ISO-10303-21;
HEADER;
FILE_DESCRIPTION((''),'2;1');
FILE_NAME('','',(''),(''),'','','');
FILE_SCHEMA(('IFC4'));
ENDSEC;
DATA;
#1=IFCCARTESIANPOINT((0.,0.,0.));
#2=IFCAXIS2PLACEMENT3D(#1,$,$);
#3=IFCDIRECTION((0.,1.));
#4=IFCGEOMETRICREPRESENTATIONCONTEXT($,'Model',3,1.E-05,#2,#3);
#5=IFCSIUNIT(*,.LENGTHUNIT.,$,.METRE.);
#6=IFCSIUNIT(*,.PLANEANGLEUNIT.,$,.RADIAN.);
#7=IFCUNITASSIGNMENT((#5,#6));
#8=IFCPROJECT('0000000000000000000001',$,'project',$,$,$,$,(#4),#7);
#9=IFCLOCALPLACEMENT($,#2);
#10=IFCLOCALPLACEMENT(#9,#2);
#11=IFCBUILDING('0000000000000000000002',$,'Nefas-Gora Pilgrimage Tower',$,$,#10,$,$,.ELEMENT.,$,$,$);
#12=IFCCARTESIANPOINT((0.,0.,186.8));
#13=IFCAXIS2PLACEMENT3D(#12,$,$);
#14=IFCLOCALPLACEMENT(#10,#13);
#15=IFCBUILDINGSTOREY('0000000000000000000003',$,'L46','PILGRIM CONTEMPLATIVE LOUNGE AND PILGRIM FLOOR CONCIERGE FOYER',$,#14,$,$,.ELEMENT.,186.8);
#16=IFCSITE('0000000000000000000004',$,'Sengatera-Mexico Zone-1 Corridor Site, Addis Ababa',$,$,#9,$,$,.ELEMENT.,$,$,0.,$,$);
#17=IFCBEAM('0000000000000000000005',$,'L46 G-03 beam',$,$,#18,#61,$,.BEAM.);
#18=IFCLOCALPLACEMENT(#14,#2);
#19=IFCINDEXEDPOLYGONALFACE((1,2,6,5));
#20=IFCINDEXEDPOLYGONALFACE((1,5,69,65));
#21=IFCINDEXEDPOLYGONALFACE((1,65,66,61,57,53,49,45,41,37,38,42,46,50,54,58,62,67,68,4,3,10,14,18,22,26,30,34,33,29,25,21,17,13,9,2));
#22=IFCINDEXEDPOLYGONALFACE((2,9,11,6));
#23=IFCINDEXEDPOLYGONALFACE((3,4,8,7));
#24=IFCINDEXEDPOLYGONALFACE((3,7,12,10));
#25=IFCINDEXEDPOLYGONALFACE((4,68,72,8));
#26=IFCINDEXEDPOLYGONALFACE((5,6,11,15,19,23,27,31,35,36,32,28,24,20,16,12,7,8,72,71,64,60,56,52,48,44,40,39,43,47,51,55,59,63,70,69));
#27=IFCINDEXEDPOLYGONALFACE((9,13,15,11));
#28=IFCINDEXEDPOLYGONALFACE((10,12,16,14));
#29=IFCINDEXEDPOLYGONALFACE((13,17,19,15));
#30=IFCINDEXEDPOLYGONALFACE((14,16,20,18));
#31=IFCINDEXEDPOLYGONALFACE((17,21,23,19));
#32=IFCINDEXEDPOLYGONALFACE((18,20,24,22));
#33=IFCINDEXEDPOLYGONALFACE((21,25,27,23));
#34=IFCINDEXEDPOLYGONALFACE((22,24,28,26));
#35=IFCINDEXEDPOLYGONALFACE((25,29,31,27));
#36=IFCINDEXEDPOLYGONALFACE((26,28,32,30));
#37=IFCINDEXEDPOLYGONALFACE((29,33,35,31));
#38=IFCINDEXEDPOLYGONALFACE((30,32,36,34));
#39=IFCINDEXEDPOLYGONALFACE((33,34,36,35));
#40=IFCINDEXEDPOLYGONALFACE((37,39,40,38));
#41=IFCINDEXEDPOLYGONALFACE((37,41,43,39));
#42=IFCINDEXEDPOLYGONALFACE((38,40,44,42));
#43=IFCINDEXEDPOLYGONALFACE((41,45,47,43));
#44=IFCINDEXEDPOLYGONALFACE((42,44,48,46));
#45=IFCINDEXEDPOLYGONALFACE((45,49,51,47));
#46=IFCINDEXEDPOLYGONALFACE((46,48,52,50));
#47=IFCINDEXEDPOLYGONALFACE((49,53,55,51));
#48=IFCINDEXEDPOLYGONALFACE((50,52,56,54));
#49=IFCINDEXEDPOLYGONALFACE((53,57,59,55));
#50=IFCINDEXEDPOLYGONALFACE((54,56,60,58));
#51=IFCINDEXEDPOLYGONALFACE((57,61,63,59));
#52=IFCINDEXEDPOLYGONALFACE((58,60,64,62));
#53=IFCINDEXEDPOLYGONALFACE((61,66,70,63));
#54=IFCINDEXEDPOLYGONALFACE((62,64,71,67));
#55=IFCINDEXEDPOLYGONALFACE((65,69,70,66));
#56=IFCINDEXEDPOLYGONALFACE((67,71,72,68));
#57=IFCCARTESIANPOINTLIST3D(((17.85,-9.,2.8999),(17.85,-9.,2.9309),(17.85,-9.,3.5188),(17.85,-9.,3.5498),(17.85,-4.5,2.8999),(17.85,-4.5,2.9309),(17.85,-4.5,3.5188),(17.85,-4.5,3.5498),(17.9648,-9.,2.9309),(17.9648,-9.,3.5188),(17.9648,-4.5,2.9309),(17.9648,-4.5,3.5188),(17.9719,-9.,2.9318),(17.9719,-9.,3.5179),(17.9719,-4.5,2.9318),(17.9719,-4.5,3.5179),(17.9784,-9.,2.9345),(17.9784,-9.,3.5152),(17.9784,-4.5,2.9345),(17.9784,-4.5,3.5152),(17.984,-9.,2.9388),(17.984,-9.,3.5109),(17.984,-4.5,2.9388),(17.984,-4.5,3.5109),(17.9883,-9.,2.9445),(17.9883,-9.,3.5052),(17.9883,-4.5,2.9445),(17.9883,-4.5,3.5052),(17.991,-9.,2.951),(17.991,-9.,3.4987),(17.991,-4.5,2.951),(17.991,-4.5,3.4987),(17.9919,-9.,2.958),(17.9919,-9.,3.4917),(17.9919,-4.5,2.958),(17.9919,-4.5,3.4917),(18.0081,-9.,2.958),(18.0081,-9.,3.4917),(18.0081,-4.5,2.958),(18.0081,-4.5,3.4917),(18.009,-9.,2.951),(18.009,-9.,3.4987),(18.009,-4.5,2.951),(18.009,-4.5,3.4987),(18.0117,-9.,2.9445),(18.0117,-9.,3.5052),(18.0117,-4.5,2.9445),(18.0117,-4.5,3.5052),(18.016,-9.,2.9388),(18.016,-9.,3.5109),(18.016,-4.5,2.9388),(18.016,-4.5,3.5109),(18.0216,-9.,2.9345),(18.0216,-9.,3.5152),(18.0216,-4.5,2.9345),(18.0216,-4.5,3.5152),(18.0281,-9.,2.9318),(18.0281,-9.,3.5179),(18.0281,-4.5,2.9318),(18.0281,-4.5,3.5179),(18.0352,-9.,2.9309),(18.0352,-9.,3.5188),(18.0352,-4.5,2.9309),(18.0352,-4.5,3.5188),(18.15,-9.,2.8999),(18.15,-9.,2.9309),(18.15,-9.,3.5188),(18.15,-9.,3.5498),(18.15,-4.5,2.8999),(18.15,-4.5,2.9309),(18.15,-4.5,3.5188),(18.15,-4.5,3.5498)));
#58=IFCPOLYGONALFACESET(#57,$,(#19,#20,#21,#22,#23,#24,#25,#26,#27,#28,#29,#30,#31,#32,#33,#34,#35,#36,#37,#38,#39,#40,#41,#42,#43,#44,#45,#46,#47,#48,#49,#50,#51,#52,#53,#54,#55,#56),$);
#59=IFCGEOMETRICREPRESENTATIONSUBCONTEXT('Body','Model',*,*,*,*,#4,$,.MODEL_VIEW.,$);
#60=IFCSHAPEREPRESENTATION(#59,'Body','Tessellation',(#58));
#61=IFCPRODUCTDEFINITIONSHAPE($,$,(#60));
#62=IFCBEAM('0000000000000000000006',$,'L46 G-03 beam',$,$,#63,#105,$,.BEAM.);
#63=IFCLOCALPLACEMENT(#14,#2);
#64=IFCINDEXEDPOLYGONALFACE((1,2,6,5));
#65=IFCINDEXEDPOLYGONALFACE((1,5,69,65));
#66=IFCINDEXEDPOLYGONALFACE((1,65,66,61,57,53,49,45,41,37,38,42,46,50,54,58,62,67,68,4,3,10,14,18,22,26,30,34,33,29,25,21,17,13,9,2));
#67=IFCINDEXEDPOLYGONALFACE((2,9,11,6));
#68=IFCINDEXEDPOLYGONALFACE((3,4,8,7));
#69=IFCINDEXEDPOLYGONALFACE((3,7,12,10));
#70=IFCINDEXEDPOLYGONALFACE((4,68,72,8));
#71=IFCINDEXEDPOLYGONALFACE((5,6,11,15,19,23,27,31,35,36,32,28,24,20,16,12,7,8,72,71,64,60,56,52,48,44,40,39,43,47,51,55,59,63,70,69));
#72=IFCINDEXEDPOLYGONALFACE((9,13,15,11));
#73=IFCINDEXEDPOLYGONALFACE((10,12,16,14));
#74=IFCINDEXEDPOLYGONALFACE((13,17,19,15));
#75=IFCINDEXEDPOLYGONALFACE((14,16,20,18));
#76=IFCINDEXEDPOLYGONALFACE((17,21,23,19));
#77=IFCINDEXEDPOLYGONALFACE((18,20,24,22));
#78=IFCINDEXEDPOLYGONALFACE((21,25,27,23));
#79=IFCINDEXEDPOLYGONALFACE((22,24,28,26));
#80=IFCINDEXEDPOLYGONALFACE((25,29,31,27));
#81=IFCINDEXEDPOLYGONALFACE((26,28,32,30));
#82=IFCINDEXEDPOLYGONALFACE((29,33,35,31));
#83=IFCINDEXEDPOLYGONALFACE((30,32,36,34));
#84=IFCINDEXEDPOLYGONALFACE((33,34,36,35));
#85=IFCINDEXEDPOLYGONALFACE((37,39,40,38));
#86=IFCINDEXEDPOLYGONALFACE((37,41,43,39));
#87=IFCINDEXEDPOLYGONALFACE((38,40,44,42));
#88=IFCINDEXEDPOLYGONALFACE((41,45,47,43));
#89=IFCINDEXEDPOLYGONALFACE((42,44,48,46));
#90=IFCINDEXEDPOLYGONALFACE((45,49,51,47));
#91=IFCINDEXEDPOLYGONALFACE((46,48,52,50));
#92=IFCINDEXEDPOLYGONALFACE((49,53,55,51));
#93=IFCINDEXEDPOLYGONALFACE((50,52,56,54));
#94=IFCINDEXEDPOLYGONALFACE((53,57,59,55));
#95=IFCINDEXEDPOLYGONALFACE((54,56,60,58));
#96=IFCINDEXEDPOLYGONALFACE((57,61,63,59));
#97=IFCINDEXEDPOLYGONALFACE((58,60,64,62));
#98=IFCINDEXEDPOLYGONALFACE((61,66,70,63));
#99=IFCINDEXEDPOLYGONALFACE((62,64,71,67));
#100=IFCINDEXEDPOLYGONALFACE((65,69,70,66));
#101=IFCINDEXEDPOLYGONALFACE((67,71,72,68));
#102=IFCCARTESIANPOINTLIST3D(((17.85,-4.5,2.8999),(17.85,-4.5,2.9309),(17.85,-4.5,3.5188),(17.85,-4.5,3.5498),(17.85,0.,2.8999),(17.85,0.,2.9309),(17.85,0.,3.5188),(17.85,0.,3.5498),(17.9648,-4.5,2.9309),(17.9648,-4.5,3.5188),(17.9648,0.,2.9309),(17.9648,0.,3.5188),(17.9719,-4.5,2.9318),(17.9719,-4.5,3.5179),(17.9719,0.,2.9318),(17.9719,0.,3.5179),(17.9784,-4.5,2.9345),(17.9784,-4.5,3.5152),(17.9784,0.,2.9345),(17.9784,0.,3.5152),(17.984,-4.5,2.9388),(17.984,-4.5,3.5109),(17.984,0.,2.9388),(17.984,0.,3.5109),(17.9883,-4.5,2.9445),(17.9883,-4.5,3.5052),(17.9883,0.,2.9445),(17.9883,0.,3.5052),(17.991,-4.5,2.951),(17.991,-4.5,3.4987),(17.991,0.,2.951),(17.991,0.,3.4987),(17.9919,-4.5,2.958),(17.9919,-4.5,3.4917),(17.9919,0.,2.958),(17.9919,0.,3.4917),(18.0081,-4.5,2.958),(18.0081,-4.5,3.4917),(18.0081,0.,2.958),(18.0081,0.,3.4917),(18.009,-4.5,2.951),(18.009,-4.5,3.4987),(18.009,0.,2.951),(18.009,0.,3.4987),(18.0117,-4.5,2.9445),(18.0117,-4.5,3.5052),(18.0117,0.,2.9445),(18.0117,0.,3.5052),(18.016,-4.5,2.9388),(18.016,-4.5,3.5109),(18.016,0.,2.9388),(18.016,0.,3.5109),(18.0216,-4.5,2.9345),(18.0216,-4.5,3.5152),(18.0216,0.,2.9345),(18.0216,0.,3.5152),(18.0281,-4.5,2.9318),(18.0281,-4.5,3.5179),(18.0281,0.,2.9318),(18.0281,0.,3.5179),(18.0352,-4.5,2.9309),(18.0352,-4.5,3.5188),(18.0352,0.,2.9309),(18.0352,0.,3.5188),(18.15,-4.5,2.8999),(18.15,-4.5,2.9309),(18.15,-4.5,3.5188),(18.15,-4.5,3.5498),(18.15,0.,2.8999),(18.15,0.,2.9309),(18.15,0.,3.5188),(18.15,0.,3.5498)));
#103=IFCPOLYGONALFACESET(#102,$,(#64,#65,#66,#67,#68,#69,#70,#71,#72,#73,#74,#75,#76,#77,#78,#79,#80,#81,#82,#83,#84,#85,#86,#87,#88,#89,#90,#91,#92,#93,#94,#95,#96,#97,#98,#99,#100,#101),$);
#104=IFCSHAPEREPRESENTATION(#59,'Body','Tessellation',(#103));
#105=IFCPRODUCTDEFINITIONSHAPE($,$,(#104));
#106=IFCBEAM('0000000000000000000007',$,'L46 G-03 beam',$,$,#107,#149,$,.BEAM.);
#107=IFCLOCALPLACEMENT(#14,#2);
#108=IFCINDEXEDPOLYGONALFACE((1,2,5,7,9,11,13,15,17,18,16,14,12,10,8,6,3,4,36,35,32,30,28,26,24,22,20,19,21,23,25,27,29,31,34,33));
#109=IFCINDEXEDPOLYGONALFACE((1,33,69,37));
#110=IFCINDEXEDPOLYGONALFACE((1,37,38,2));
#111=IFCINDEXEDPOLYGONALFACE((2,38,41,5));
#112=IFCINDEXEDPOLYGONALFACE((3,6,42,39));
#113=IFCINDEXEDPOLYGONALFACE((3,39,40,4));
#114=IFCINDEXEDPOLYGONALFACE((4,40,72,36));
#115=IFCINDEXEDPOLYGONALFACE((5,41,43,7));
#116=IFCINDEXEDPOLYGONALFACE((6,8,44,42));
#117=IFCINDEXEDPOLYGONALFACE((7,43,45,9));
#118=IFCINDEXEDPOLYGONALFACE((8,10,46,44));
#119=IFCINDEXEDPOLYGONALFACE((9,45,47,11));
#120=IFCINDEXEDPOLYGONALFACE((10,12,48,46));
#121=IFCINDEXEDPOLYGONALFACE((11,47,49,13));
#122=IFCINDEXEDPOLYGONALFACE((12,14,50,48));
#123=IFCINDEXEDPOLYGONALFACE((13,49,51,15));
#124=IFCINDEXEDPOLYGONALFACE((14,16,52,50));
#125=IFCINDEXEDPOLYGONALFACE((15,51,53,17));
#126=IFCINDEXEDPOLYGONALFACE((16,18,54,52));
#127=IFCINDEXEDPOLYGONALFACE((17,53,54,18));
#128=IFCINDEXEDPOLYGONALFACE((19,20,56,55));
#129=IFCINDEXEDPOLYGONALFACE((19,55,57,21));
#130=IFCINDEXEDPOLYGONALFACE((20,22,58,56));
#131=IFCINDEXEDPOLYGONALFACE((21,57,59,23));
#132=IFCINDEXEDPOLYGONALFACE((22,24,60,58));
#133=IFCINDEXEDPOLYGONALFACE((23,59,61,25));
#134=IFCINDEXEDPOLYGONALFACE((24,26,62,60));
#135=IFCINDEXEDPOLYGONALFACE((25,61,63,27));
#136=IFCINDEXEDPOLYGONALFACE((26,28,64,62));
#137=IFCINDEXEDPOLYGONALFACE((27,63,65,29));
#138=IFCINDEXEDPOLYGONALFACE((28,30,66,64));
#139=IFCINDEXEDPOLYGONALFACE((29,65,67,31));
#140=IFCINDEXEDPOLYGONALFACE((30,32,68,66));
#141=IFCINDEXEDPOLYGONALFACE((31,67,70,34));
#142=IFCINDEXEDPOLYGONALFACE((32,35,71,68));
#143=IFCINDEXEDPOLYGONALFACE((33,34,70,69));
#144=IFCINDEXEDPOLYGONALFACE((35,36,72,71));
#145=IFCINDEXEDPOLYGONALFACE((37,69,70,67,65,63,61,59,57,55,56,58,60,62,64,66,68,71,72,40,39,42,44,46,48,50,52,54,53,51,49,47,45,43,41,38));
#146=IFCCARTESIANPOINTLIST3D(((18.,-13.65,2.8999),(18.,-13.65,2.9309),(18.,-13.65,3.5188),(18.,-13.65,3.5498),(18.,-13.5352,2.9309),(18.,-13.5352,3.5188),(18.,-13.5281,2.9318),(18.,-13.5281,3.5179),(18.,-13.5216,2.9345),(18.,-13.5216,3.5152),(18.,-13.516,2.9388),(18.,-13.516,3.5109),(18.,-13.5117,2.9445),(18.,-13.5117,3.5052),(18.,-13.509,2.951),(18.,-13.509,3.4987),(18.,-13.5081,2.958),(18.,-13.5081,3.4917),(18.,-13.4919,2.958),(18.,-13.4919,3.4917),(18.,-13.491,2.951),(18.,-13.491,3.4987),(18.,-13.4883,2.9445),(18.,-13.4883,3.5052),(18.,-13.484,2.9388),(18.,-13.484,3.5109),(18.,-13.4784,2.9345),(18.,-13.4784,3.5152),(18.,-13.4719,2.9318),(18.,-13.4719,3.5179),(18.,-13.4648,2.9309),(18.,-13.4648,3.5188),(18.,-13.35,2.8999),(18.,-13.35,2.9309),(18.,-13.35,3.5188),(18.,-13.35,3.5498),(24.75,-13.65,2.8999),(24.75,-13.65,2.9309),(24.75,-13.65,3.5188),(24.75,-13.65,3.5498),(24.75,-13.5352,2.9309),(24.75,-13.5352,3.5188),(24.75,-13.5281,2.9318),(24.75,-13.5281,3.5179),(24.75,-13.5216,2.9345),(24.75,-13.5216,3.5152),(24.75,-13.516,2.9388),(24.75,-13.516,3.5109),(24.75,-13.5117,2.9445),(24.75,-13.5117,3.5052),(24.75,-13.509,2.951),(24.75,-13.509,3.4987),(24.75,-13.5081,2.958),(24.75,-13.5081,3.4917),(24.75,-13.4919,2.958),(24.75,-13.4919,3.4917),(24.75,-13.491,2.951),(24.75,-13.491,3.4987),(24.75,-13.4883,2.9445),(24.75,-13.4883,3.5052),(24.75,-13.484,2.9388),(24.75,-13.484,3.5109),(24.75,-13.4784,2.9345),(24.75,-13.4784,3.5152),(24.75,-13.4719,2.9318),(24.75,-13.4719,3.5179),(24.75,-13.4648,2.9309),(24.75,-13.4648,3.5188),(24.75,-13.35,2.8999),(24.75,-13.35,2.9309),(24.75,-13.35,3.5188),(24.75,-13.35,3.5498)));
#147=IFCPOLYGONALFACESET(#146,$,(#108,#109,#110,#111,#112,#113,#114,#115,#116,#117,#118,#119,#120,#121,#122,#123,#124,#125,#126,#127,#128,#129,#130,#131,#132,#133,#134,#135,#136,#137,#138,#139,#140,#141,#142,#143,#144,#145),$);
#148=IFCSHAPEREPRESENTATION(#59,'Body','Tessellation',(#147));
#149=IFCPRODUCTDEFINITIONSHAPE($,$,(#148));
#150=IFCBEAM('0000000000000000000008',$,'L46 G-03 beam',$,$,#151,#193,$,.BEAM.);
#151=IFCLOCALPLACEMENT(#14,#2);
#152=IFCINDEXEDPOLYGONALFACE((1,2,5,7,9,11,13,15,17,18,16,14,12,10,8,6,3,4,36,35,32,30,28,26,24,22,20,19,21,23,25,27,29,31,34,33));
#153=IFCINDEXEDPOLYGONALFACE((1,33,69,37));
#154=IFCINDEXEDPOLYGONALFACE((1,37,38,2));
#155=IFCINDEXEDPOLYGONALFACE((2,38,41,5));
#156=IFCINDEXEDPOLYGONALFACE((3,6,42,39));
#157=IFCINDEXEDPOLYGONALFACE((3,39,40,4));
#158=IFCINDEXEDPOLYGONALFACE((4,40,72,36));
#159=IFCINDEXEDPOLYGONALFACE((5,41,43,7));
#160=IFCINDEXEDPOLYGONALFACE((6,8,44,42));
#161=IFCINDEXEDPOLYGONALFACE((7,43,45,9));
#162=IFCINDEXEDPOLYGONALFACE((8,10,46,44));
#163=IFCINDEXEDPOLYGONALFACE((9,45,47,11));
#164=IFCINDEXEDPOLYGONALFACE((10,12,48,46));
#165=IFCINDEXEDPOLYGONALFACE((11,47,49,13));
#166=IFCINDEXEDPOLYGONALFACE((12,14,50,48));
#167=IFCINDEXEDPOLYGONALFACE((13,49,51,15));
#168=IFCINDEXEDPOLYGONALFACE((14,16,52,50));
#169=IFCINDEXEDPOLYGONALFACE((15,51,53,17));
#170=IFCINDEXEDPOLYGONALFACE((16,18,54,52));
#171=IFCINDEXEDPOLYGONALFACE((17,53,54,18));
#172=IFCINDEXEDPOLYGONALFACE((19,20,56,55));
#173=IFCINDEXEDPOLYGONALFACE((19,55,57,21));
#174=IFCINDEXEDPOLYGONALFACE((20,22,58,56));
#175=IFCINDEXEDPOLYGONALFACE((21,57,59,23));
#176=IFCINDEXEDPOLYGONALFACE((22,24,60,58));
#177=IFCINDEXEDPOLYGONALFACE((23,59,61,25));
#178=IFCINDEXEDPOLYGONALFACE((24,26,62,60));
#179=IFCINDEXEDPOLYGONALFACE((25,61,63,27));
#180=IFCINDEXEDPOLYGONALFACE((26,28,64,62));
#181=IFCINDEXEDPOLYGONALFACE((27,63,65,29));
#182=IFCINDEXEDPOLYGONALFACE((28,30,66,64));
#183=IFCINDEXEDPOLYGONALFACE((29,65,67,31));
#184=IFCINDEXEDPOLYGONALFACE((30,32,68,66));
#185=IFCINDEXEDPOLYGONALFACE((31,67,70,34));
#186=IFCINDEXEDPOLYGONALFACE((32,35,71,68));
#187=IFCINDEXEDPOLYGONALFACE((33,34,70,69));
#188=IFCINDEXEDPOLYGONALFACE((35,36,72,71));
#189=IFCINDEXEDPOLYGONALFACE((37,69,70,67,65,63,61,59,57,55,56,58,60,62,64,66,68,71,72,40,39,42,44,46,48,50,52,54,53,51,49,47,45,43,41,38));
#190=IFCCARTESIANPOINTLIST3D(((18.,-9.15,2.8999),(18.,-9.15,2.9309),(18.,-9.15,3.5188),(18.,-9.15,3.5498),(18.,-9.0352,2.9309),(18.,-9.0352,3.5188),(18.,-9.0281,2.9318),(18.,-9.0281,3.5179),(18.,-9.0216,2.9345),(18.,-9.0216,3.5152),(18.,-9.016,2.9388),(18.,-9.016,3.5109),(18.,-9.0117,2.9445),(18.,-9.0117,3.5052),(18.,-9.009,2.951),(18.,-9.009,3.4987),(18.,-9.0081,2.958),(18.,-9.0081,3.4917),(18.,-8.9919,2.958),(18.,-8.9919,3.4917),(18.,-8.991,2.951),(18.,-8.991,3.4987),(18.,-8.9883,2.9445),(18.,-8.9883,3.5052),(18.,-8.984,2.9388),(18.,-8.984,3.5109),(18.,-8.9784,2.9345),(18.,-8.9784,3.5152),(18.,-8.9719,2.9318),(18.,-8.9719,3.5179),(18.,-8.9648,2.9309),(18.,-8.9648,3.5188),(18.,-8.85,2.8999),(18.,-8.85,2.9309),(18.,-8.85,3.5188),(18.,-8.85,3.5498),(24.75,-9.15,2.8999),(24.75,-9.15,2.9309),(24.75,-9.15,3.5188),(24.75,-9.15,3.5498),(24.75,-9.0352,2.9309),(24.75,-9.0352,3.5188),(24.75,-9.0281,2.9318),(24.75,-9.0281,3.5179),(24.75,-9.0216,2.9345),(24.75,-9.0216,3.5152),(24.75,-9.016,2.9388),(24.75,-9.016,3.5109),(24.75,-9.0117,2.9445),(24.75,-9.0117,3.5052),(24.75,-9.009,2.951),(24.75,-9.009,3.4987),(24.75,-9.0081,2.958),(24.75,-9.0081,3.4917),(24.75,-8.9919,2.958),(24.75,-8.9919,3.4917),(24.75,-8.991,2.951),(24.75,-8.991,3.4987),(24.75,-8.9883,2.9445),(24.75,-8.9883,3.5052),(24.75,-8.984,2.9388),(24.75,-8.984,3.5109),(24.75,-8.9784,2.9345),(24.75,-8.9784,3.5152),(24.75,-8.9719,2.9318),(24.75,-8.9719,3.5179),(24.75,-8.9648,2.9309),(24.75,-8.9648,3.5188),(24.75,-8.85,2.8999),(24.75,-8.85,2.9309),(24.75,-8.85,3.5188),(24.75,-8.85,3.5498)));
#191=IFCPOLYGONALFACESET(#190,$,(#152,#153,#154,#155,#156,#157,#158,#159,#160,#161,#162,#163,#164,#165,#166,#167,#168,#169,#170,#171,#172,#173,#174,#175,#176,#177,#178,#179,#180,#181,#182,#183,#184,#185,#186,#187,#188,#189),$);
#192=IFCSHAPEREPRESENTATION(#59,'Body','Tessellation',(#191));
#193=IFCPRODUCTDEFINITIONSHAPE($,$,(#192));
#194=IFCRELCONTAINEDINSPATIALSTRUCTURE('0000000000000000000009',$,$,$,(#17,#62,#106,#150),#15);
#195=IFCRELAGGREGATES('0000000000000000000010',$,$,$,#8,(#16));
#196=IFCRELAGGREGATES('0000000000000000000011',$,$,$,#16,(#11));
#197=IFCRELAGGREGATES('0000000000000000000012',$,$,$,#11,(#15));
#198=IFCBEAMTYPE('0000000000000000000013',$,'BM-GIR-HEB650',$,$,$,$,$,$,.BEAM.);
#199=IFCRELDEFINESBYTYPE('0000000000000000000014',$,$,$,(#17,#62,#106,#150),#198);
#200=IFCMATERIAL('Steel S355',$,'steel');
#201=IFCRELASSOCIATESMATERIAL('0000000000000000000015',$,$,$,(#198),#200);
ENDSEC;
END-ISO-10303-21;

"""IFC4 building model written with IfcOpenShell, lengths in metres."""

from ifc_helpers import new_model, si_unit, direction, frame, origin, origin_2d, place, context, subcontext, project, spatial, i_section, extrude, source, transform, mapped, material, material_profile, profile_set, type_object, element, save


model = new_model("IFC4")

# Units and contexts
model_context = context("Model", 3, precision=1e-05, world=origin(), true_north=direction((0.0, 1.0)))
body_context = subcontext(model_context, "Body", "Model", "MODEL_VIEW")
ifc_project = project(units=[si_unit("LENGTHUNIT", "METRE"), si_unit("PLANEANGLEUNIT", "RADIAN")], contexts=[model_context])

# Site, building, storey
site_placement = place(None, origin())
site = spatial("IfcSite", under=ifc_project, at=site_placement, Name="Sengatera-Mexico Zone-1 Corridor Site, Addis Ababa", CompositionType="ELEMENT", RefElevation=0.0)
building_placement = place(site_placement, origin())
building = spatial("IfcBuilding", under=site, at=building_placement, Name="Nefas-Gora Pilgrimage Tower", CompositionType="ELEMENT")
storey_placement = place(building_placement, frame((0.0, 0.0, 186.8)))
storey = spatial("IfcBuildingStorey", under=building, at=storey_placement, Name="L46", Description="PILGRIM CONTEMPLATIVE LOUNGE AND PILGRIM FLOOR CONCIERGE FOYER", CompositionType="ELEMENT", Elevation=186.8)

# Beams
ifc_material_1 = material(Name="Steel S355", Category="steel")
ifc_material_profile_1 = material_profile(ifc_material_1, i_section(OverallWidth=0.3, OverallDepth=0.6499, WebThickness=0.0161, FlangeThickness=0.031, FilletRadius=0.0271, at=origin_2d()), Name="HEB 650")
ifc_profile_set_1 = profile_set([ifc_material_profile_1], Name="Steel S355")
beam_type_1 = type_object("IfcBeamType", Name="BM-GIR-HEB650", PredefinedType="BEAM", material=ifc_profile_set_1)
shared_shape_1 = source(origin(), body_context, "Body", "SweptSolid", [
    extrude(i_section(OverallWidth=0.3, OverallDepth=0.6499, WebThickness=0.0161, FlangeThickness=0.031, FilletRadius=0.0271, at=origin_2d()), origin(), (0.0, 0.0, 1.0), 4.5),
])
for number, where, z_axis, x_axis, name in (
    (1, (18.0, -9.0, 3.2249), (0.0, 1.0, 0.0), (-1.0, 0.0, 0.0), "L46 G-03 beam"),
    (2, (18.0, -4.5, 3.2249), (0.0, 1.0, 0.0), (-1.0, 0.0, 0.0), "L46 G-03 beam"),
):
    element("IfcBeam", number, at=place(storey_placement, frame(where, z_axis=z_axis, x_axis=x_axis)), inside=storey, type_object=beam_type_1, Name=name, PredefinedType="BEAM", context=body_context, shape_type="MappedRepresentation", body=[
        mapped(shared_shape_1, transform((0.0, 0.0, 0.0), x_axis=(1.0, 0.0, 0.0), y_axis=(0.0, 1.0, 0.0), z_axis=(0.0, 0.0, 1.0), scale=1.0)),
    ])
shared_shape_2 = source(origin(), body_context, "Body", "SweptSolid", [
    extrude(i_section(OverallWidth=0.3, OverallDepth=0.6499, WebThickness=0.0161, FlangeThickness=0.031, FilletRadius=0.0271, at=origin_2d()), origin(), (0.0, 0.0, 1.0), 6.75),
])
for number, where, z_axis, x_axis, name in (
    (3, (18.0, -13.5, 3.2249), (1.0, 0.0, 0.0), (0.0, 1.0, 0.0), "L46 G-03 beam"),
    (4, (18.0, -9.0, 3.2249), (1.0, 0.0, 0.0), (0.0, 1.0, 0.0), "L46 G-03 beam"),
):
    element("IfcBeam", number, at=place(storey_placement, frame(where, z_axis=z_axis, x_axis=x_axis)), inside=storey, type_object=beam_type_1, Name=name, PredefinedType="BEAM", context=body_context, shape_type="MappedRepresentation", body=[
        mapped(shared_shape_2, transform((0.0, 0.0, 0.0), x_axis=(1.0, 0.0, 0.0), y_axis=(0.0, 1.0, 0.0), z_axis=(0.0, 0.0, 1.0), scale=1.0)),
    ])

save(model, "model.ifc")
